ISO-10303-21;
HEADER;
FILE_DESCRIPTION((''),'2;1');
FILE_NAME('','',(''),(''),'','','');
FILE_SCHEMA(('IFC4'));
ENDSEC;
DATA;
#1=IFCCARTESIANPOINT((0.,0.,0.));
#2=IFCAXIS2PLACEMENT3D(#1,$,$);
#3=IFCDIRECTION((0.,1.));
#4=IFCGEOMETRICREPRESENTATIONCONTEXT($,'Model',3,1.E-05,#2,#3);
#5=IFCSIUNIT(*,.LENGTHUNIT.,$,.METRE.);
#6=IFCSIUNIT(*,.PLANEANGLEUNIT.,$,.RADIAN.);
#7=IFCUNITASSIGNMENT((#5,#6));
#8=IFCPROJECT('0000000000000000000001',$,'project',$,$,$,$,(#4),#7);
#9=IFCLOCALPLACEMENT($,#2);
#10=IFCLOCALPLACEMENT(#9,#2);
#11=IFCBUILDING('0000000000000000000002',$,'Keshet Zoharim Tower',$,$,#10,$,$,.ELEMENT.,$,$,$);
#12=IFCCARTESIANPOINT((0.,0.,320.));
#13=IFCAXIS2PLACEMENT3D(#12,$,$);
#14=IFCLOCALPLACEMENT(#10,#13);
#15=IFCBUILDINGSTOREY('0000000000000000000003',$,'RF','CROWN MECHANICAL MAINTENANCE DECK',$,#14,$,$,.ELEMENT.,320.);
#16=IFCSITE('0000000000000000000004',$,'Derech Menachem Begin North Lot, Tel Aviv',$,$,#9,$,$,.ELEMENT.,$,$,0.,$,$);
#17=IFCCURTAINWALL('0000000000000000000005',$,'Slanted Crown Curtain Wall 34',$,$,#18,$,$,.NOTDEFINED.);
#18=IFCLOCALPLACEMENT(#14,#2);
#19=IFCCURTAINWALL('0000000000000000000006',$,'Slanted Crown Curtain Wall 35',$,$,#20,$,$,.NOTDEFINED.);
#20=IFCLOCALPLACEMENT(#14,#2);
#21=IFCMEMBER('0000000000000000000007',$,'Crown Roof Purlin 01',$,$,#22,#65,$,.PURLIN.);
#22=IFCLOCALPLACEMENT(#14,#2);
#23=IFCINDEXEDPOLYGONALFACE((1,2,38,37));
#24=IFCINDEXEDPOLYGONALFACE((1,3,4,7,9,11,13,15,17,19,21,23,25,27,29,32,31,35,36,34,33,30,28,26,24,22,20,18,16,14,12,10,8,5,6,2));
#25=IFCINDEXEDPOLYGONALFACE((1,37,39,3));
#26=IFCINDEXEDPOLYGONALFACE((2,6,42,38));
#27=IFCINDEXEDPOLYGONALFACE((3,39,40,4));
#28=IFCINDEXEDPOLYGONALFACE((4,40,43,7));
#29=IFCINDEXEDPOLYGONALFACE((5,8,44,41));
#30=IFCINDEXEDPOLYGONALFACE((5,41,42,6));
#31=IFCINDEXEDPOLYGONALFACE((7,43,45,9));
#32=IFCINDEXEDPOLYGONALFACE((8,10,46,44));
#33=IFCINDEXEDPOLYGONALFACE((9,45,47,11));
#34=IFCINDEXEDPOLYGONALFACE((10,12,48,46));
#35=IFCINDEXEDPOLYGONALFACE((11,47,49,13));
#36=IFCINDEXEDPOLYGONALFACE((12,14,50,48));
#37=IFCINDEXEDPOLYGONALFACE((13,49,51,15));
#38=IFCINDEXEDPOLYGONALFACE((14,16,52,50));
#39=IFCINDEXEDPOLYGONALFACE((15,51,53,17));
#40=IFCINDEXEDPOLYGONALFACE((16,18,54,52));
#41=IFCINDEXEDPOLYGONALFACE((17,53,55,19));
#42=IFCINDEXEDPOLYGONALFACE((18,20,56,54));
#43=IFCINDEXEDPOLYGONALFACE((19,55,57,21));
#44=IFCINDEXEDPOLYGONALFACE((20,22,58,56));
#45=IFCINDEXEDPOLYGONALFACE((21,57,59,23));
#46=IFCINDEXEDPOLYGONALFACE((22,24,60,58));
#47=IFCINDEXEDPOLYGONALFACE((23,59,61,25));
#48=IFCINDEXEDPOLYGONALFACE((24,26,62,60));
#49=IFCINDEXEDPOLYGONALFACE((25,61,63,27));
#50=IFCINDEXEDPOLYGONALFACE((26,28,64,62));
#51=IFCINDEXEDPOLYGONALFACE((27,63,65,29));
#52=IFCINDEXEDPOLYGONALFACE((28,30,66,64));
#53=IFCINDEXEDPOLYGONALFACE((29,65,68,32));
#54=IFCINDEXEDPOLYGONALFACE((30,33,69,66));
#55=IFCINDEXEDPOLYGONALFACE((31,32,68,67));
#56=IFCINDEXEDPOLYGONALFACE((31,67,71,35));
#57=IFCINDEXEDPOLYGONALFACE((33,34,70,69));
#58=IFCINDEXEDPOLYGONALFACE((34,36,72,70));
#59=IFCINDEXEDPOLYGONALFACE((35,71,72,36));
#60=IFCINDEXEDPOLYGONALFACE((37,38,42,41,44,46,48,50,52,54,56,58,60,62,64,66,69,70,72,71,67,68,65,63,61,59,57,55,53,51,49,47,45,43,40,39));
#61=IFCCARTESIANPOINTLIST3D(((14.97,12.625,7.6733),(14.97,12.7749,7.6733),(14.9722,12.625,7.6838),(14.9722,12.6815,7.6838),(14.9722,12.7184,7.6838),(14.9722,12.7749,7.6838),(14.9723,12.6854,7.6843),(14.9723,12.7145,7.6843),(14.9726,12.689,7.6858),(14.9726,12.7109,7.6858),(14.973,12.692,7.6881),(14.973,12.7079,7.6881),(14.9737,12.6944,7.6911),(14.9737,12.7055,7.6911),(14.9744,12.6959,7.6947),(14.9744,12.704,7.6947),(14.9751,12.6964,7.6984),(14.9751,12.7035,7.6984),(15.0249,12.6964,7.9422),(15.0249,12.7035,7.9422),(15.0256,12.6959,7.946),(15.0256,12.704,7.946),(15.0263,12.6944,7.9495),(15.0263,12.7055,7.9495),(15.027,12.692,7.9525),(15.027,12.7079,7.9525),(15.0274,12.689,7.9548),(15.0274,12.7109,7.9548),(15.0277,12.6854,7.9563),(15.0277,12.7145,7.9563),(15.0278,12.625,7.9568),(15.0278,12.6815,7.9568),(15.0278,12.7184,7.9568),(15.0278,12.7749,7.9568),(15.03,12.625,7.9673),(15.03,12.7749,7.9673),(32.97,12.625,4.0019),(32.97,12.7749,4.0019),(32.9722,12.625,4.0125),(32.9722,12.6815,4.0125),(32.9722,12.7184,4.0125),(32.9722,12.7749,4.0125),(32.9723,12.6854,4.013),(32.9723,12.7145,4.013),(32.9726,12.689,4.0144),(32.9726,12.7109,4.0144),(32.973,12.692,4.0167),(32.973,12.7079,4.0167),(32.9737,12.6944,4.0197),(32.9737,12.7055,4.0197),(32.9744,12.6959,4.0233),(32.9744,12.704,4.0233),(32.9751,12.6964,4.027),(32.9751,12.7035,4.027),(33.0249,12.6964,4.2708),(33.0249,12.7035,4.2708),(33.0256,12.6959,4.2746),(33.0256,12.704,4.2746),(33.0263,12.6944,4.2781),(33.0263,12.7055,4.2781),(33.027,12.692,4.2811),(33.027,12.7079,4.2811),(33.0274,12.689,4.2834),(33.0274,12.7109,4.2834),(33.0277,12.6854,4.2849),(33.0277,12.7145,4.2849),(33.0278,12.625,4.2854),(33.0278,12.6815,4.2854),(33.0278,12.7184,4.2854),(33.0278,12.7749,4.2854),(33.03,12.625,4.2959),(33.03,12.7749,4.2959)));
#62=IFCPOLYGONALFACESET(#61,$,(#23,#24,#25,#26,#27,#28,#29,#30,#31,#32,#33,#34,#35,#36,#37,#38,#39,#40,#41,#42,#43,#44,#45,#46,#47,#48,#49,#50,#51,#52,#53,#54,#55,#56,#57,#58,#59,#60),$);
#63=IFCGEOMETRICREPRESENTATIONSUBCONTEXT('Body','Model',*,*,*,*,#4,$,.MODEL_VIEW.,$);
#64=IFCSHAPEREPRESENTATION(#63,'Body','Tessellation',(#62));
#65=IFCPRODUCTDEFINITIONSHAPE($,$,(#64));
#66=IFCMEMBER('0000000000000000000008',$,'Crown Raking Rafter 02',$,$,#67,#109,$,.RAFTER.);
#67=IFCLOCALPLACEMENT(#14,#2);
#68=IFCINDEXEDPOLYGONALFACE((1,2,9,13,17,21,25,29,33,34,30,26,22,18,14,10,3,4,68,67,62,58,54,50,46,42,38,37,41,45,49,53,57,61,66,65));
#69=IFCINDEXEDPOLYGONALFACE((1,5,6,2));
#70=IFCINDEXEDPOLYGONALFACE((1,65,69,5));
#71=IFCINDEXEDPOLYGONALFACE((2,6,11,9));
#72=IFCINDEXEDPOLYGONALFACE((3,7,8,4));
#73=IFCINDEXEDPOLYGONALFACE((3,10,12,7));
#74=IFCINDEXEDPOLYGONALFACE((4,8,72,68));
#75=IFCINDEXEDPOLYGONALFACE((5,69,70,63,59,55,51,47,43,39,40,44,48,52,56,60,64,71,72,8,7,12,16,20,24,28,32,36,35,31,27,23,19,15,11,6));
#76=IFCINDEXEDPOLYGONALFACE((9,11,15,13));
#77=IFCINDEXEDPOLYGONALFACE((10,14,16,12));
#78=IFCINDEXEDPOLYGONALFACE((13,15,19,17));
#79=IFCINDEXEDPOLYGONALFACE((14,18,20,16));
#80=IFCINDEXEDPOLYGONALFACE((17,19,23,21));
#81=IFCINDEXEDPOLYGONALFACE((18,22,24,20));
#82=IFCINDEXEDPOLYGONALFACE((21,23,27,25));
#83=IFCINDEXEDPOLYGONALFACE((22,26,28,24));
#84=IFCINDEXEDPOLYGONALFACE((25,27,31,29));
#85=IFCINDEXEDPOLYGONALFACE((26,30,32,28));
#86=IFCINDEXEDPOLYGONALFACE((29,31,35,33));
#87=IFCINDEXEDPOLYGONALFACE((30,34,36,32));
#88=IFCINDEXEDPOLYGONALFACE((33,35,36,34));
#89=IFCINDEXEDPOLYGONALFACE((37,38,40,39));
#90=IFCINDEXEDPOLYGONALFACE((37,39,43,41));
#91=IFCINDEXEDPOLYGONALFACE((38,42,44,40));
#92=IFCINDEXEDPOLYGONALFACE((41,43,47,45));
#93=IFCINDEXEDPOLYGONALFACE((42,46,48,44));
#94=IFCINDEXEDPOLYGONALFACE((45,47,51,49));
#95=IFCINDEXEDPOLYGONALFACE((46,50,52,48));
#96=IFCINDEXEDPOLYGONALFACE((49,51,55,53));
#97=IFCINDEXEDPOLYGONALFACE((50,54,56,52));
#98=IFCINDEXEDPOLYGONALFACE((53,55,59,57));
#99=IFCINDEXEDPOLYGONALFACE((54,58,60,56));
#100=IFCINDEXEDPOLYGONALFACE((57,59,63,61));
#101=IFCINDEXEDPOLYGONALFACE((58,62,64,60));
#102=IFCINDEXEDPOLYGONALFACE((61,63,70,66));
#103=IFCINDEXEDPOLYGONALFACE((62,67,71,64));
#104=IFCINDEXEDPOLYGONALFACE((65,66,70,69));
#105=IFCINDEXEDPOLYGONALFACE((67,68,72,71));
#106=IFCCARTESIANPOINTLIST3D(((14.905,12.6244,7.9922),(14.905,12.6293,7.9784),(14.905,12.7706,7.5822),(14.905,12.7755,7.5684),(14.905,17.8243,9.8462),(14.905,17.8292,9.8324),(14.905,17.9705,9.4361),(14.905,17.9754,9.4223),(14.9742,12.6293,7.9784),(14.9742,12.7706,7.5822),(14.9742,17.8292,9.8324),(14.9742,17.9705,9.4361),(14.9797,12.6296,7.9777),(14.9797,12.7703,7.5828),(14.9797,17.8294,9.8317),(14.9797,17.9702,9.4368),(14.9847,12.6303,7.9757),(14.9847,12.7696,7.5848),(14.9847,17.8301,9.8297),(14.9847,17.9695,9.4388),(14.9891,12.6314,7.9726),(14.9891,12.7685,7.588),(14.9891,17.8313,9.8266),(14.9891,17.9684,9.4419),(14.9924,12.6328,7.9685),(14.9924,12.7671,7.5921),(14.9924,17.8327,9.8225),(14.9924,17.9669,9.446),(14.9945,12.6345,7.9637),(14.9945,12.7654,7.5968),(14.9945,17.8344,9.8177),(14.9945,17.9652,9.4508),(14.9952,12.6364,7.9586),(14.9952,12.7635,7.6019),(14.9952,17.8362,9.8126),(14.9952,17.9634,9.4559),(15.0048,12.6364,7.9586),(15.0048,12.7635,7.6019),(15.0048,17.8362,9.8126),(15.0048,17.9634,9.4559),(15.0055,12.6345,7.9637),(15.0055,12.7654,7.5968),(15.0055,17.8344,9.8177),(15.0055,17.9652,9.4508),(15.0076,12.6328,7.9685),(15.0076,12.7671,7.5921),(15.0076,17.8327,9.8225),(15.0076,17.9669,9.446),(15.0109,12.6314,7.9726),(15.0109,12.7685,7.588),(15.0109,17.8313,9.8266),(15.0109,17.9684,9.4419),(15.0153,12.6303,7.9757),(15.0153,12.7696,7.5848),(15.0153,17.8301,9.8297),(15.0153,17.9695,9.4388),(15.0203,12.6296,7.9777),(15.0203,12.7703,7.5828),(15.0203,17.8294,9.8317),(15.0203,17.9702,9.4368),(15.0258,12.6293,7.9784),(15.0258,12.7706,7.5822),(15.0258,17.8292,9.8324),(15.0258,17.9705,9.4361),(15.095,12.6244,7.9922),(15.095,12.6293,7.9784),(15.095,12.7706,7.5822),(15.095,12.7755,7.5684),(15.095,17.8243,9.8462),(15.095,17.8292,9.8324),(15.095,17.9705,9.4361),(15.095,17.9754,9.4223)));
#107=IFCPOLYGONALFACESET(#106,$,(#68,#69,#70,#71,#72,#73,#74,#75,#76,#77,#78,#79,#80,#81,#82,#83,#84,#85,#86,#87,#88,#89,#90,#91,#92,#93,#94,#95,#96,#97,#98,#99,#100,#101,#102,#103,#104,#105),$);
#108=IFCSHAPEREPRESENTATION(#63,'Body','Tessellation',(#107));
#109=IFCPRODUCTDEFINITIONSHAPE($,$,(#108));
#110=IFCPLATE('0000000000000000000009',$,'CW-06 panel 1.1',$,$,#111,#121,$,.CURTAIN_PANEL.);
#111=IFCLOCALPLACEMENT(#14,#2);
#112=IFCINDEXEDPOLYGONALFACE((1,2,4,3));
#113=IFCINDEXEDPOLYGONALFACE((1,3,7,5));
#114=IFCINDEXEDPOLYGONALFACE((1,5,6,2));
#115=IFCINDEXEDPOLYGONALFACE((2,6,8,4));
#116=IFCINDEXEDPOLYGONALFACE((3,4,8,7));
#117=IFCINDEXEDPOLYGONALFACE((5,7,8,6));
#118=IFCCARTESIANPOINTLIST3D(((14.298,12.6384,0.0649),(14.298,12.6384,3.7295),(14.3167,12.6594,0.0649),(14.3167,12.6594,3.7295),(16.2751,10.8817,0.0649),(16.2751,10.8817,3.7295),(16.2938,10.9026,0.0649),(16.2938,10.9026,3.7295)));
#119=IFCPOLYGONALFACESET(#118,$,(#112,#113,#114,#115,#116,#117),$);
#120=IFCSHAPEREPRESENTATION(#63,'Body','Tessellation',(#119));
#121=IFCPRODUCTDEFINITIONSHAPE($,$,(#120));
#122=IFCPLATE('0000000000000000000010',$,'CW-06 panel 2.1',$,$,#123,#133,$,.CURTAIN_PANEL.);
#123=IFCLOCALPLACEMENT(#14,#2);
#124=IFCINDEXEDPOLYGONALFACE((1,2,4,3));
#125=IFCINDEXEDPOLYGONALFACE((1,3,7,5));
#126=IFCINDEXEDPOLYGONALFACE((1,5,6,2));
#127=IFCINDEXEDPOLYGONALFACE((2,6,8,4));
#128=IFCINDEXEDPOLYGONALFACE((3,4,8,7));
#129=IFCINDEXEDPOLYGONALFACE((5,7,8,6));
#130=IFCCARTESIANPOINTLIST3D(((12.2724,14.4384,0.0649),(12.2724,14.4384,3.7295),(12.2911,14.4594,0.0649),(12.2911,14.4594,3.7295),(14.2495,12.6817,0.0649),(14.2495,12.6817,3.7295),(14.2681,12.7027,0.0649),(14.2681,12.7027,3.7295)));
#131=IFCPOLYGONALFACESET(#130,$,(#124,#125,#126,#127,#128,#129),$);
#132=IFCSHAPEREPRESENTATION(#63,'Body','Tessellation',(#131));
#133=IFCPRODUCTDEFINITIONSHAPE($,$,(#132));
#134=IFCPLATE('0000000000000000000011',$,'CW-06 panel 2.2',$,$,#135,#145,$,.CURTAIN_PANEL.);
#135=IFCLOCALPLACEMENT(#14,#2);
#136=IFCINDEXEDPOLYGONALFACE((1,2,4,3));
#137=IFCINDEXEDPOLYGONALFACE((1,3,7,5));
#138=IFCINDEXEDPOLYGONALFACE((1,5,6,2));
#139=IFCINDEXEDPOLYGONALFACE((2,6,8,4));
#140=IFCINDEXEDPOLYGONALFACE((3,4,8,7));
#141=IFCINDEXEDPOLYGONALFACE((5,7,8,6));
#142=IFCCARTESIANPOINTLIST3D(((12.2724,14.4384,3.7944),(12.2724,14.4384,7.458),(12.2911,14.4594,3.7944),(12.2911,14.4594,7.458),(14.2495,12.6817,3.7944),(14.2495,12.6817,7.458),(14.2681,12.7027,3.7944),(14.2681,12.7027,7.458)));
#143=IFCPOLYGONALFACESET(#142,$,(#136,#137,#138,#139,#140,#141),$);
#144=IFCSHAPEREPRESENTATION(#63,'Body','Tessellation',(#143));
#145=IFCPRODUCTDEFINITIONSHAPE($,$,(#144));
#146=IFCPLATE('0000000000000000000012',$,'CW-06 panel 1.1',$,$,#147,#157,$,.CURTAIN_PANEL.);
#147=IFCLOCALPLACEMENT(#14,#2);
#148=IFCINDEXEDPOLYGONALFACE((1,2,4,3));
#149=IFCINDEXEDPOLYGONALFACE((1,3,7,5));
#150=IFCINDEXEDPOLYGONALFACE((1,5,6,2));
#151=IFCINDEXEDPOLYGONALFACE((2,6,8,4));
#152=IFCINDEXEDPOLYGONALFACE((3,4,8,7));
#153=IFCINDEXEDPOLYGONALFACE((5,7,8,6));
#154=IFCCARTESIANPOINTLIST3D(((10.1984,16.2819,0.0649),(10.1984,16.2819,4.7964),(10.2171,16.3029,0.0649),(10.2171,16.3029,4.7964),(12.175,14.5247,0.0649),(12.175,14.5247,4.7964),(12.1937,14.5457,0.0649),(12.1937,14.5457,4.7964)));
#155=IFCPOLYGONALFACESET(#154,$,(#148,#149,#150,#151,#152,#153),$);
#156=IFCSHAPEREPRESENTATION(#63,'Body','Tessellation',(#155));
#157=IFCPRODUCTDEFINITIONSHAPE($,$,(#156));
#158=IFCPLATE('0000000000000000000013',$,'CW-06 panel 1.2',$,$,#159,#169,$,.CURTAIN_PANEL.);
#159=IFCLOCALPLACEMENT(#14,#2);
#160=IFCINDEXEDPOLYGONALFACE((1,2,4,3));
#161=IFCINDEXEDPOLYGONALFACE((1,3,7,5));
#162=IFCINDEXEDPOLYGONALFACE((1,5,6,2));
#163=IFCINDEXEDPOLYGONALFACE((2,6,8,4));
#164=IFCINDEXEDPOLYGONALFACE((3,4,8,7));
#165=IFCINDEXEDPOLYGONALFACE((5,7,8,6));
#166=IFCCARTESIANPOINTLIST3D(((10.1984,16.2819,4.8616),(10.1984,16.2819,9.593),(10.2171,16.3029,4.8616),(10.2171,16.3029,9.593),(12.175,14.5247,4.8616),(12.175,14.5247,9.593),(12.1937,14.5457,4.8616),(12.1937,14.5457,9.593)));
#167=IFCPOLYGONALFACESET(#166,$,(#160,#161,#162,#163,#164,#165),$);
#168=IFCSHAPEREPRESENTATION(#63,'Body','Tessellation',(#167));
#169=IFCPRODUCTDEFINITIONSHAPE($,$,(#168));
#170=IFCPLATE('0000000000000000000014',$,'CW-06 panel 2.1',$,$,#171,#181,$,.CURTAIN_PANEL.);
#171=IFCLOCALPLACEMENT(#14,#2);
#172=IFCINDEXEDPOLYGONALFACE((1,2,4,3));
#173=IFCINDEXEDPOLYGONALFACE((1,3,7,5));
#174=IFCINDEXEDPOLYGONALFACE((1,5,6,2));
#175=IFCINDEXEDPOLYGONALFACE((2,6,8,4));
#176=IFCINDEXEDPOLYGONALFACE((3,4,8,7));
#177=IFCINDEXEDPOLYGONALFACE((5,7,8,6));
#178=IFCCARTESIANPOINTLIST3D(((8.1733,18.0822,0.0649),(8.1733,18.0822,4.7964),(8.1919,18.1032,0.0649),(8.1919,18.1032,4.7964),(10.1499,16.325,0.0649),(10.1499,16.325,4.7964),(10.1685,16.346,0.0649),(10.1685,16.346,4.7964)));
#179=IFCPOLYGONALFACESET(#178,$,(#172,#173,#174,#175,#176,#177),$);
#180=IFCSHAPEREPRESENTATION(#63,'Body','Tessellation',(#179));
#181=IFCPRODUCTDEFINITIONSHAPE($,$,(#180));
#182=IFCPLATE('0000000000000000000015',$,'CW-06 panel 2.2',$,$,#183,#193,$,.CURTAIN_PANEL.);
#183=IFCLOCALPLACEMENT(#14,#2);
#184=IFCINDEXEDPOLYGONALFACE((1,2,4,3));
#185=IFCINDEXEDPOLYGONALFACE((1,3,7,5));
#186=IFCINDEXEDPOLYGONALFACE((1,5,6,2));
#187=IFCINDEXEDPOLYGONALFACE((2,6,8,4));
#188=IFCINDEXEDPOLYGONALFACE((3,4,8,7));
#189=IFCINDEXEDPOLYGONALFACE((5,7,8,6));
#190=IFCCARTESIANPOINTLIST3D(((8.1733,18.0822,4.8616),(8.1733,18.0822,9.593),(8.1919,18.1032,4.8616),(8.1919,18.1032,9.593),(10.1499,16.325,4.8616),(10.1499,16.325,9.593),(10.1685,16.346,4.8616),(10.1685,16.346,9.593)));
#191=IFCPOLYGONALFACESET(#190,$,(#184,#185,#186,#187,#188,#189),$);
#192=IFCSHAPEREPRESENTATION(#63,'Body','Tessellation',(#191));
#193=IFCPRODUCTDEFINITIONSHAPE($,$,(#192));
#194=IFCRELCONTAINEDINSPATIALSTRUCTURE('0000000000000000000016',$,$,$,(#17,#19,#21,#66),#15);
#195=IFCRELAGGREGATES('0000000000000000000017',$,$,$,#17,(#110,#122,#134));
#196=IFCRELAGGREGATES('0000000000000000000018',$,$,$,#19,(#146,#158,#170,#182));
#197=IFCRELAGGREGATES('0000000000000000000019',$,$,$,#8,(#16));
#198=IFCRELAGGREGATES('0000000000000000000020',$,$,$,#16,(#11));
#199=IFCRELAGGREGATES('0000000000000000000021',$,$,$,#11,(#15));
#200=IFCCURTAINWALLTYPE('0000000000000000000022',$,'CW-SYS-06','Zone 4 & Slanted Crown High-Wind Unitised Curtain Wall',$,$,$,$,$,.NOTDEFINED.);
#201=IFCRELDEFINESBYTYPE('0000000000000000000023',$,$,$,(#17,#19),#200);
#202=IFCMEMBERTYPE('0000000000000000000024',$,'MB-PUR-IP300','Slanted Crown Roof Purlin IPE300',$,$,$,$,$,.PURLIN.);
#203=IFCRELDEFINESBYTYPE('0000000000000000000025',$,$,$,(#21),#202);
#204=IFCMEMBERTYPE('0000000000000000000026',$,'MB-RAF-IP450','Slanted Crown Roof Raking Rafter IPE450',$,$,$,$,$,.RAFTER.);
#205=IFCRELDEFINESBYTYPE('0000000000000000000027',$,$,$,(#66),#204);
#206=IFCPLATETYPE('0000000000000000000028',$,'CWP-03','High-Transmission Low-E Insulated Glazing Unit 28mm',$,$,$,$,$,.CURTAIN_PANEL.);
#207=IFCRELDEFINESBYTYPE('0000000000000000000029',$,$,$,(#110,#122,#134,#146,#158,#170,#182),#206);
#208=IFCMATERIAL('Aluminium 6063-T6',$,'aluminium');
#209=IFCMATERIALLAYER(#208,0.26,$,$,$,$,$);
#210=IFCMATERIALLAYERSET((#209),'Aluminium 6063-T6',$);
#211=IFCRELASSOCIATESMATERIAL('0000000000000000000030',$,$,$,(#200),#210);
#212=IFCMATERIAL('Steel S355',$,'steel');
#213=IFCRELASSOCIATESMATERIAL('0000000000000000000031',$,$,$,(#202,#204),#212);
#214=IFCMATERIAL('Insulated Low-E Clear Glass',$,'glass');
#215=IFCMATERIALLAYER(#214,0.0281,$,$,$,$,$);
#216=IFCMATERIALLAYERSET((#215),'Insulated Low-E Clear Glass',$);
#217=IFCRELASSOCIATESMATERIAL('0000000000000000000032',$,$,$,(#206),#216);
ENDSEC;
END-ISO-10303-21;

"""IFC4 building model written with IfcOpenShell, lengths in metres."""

from ifc_helpers import new_model, si_unit, direction, frame, origin, origin_2d, place, context, subcontext, project, spatial, rectangle, i_section, extrude, material, layer, layer_set, material_profile, profile_set, type_object, element, aggregate, save


model = new_model("IFC4")

# Units and contexts
model_context = context("Model", 3, precision=1e-05, world=origin(), true_north=direction((0.0, 1.0)))
body_context = subcontext(model_context, "Body", "Model", "MODEL_VIEW")
ifc_project = project(units=[si_unit("LENGTHUNIT", "METRE"), si_unit("PLANEANGLEUNIT", "RADIAN")], contexts=[model_context])

# Site, building, storey
site_placement = place(None, origin())
site = spatial("IfcSite", under=ifc_project, at=site_placement, Name="Derech Menachem Begin North Lot, Tel Aviv", CompositionType="ELEMENT", RefElevation=0.0)
building_placement = place(site_placement, origin())
building = spatial("IfcBuilding", under=site, at=building_placement, Name="Keshet Zoharim Tower", CompositionType="ELEMENT")
storey_placement = place(building_placement, frame((0.0, 0.0, 320.0)))
storey = spatial("IfcBuildingStorey", under=building, at=storey_placement, Name="RF", Description="CROWN MECHANICAL MAINTENANCE DECK", CompositionType="ELEMENT", Elevation=320.0)

# Shared definitions
ifc_material_1 = material(Name="Steel S355", Category="steel")

# Curtain walls
ifc_material_2 = material(Name="Aluminium 6063-T6", Category="aluminium")
ifc_layer_1 = layer(ifc_material_2, 0.26)
ifc_layer_set_1 = layer_set([ifc_layer_1], Name="Aluminium 6063-T6")
curtain_wall_type = type_object("IfcCurtainWallType", Name="CW-SYS-06", Description="Zone 4 & Slanted Crown High-Wind Unitised Curtain Wall", PredefinedType="NOTDEFINED", material=ifc_layer_set_1)
curtain_wall_1_placement = place(storey_placement, origin())
curtain_wall_1 = element("IfcCurtainWall", 1, at=curtain_wall_1_placement, inside=storey, type_object=curtain_wall_type, Name="Slanted Crown Curtain Wall 34", PredefinedType="NOTDEFINED")
curtain_wall_2_placement = place(storey_placement, origin())
curtain_wall_2 = element("IfcCurtainWall", 2, at=curtain_wall_2_placement, inside=storey, type_object=curtain_wall_type, Name="Slanted Crown Curtain Wall 35", PredefinedType="NOTDEFINED")

# Members
ifc_material_profile_1 = material_profile(ifc_material_1, i_section(OverallWidth=0.1499, OverallDepth=0.3, WebThickness=0.0071, FlangeThickness=0.0107, FilletRadius=0.0149, at=origin_2d()), Name="IPE300")
ifc_profile_set_1 = profile_set([ifc_material_profile_1], Name="Steel S355")
member_type_1 = type_object("IfcMemberType", Name="MB-PUR-IP300", Description="Slanted Crown Roof Purlin IPE300", PredefinedType="PURLIN", material=ifc_profile_set_1)
member_1_placement = place(storey_placement, frame((15.0, 12.7, 7.8203), z_axis=(0.979826, 0.0, -0.199851), x_axis=(0.0, 1.0, 0.0)))
element("IfcMember", 3, at=member_1_placement, inside=storey, type_object=member_type_1, Name="Crown Roof Purlin 01", PredefinedType="PURLIN", context=body_context, shape_type="SweptSolid", body=[
    extrude(i_section(OverallWidth=0.1499, OverallDepth=0.3, WebThickness=0.0071, FlangeThickness=0.0107, FilletRadius=0.0149, at=origin_2d()), origin(), (0.0, 0.0, 1.0), 18.3706),
])
ifc_material_profile_2 = material_profile(ifc_material_1, i_section(OverallWidth=0.1899, OverallDepth=0.45, WebThickness=0.0095, FlangeThickness=0.0146, FilletRadius=0.021, at=origin_2d()), Name="IPE450")
ifc_profile_set_2 = profile_set([ifc_material_profile_2], Name="Steel S355")
member_type_2 = type_object("IfcMemberType", Name="MB-RAF-IP450", Description="Slanted Crown Roof Raking Rafter IPE450", PredefinedType="RAFTER", material=ifc_profile_set_2)
member_2_placement = place(storey_placement, frame((15.0, 12.7, 7.7803), z_axis=(0.0, 0.941921, 0.335835), x_axis=(-1.0, 0.0, 0.0)))
element("IfcMember", 4, at=member_2_placement, inside=storey, type_object=member_type_2, Name="Crown Raking Rafter 02", PredefinedType="RAFTER", context=body_context, shape_type="SweptSolid", body=[
    extrude(i_section(OverallWidth=0.1899, OverallDepth=0.45, WebThickness=0.0095, FlangeThickness=0.0146, FilletRadius=0.021, at=origin_2d()), origin(), (0.0, 0.0, 1.0), 5.5205),
])

# Plates
ifc_material_3 = material(Name="Insulated Low-E Clear Glass", Category="glass")
ifc_layer_2 = layer(ifc_material_3, 0.0281)
ifc_layer_set_2 = layer_set([ifc_layer_2], Name="Insulated Low-E Clear Glass")
plate_type = type_object("IfcPlateType", Name="CWP-03", Description="High-Transmission Low-E Insulated Glazing Unit 28mm", PredefinedType="CURTAIN_PANEL", material=ifc_layer_set_2)
plate_1_placement = place(storey_placement, frame((15.2959, 11.7705, 0.0649), z_axis=(0.0, 0.0, 1.0), x_axis=(-0.74754, 0.664217, 0.0)))
plate_1 = element("IfcPlate", 5, at=plate_1_placement, type_object=plate_type, Name="CW-06 panel 1.1", PredefinedType="CURTAIN_PANEL", context=body_context, shape_type="SweptSolid", body=[
    extrude(rectangle(XDim=2.6448, YDim=0.0281, at=origin_2d()), origin(), (0.0, 0.0, 1.0), 3.6646),
])
plate_2_placement = place(storey_placement, frame((13.2703, 13.5706, 0.0649), z_axis=(0.0, 0.0, 1.0), x_axis=(-0.74754, 0.664217, 0.0)))
plate_2 = element("IfcPlate", 6, at=plate_2_placement, type_object=plate_type, Name="CW-06 panel 2.1", PredefinedType="CURTAIN_PANEL", context=body_context, shape_type="SweptSolid", body=[
    extrude(rectangle(XDim=2.6448, YDim=0.0281, at=origin_2d()), origin(), (0.0, 0.0, 1.0), 3.6646),
])
plate_3_placement = place(storey_placement, frame((13.2703, 13.5706, 3.7944), z_axis=(0.0, 0.0, 1.0), x_axis=(-0.74754, 0.664217, 0.0)))
plate_3 = element("IfcPlate", 7, at=plate_3_placement, type_object=plate_type, Name="CW-06 panel 2.2", PredefinedType="CURTAIN_PANEL", context=body_context, shape_type="SweptSolid", body=[
    extrude(rectangle(XDim=2.6448, YDim=0.0281, at=origin_2d()), origin(), (0.0, 0.0, 1.0), 3.6636),
])
aggregate(curtain_wall_1, [plate_1, plate_2, plate_3])
plate_4_placement = place(storey_placement, frame((11.196, 15.4138, 0.0649), z_axis=(0.0, 0.0, 1.0), x_axis=(-0.747369, 0.664409, 0.0)))
plate_4 = element("IfcPlate", 8, at=plate_4_placement, type_object=plate_type, Name="CW-06 panel 1.1", PredefinedType="CURTAIN_PANEL", context=body_context, shape_type="SweptSolid", body=[
    extrude(rectangle(XDim=2.6448, YDim=0.0281, at=origin_2d()), origin(), (0.0, 0.0, 1.0), 4.7314),
])
plate_5_placement = place(storey_placement, frame((11.196, 15.4138, 4.8616), z_axis=(0.0, 0.0, 1.0), x_axis=(-0.747369, 0.664409, 0.0)))
plate_5 = element("IfcPlate", 9, at=plate_5_placement, type_object=plate_type, Name="CW-06 panel 1.2", PredefinedType="CURTAIN_PANEL", context=body_context, shape_type="SweptSolid", body=[
    extrude(rectangle(XDim=2.6448, YDim=0.0281, at=origin_2d()), origin(), (0.0, 0.0, 1.0), 4.7314),
])
plate_6_placement = place(storey_placement, frame((9.1709, 17.2141, 0.0649), z_axis=(0.0, 0.0, 1.0), x_axis=(-0.747369, 0.664409, 0.0)))
plate_6 = element("IfcPlate", 10, at=plate_6_placement, type_object=plate_type, Name="CW-06 panel 2.1", PredefinedType="CURTAIN_PANEL", context=body_context, shape_type="SweptSolid", body=[
    extrude(rectangle(XDim=2.6448, YDim=0.0281, at=origin_2d()), origin(), (0.0, 0.0, 1.0), 4.7314),
])
plate_7_placement = place(storey_placement, frame((9.1709, 17.2141, 4.8616), z_axis=(0.0, 0.0, 1.0), x_axis=(-0.747369, 0.664409, 0.0)))
plate_7 = element("IfcPlate", 11, at=plate_7_placement, type_object=plate_type, Name="CW-06 panel 2.2", PredefinedType="CURTAIN_PANEL", context=body_context, shape_type="SweptSolid", body=[
    extrude(rectangle(XDim=2.6448, YDim=0.0281, at=origin_2d()), origin(), (0.0, 0.0, 1.0), 4.7314),
])
aggregate(curtain_wall_2, [plate_4, plate_5, plate_6, plate_7])

save(model, "model.ifc")
